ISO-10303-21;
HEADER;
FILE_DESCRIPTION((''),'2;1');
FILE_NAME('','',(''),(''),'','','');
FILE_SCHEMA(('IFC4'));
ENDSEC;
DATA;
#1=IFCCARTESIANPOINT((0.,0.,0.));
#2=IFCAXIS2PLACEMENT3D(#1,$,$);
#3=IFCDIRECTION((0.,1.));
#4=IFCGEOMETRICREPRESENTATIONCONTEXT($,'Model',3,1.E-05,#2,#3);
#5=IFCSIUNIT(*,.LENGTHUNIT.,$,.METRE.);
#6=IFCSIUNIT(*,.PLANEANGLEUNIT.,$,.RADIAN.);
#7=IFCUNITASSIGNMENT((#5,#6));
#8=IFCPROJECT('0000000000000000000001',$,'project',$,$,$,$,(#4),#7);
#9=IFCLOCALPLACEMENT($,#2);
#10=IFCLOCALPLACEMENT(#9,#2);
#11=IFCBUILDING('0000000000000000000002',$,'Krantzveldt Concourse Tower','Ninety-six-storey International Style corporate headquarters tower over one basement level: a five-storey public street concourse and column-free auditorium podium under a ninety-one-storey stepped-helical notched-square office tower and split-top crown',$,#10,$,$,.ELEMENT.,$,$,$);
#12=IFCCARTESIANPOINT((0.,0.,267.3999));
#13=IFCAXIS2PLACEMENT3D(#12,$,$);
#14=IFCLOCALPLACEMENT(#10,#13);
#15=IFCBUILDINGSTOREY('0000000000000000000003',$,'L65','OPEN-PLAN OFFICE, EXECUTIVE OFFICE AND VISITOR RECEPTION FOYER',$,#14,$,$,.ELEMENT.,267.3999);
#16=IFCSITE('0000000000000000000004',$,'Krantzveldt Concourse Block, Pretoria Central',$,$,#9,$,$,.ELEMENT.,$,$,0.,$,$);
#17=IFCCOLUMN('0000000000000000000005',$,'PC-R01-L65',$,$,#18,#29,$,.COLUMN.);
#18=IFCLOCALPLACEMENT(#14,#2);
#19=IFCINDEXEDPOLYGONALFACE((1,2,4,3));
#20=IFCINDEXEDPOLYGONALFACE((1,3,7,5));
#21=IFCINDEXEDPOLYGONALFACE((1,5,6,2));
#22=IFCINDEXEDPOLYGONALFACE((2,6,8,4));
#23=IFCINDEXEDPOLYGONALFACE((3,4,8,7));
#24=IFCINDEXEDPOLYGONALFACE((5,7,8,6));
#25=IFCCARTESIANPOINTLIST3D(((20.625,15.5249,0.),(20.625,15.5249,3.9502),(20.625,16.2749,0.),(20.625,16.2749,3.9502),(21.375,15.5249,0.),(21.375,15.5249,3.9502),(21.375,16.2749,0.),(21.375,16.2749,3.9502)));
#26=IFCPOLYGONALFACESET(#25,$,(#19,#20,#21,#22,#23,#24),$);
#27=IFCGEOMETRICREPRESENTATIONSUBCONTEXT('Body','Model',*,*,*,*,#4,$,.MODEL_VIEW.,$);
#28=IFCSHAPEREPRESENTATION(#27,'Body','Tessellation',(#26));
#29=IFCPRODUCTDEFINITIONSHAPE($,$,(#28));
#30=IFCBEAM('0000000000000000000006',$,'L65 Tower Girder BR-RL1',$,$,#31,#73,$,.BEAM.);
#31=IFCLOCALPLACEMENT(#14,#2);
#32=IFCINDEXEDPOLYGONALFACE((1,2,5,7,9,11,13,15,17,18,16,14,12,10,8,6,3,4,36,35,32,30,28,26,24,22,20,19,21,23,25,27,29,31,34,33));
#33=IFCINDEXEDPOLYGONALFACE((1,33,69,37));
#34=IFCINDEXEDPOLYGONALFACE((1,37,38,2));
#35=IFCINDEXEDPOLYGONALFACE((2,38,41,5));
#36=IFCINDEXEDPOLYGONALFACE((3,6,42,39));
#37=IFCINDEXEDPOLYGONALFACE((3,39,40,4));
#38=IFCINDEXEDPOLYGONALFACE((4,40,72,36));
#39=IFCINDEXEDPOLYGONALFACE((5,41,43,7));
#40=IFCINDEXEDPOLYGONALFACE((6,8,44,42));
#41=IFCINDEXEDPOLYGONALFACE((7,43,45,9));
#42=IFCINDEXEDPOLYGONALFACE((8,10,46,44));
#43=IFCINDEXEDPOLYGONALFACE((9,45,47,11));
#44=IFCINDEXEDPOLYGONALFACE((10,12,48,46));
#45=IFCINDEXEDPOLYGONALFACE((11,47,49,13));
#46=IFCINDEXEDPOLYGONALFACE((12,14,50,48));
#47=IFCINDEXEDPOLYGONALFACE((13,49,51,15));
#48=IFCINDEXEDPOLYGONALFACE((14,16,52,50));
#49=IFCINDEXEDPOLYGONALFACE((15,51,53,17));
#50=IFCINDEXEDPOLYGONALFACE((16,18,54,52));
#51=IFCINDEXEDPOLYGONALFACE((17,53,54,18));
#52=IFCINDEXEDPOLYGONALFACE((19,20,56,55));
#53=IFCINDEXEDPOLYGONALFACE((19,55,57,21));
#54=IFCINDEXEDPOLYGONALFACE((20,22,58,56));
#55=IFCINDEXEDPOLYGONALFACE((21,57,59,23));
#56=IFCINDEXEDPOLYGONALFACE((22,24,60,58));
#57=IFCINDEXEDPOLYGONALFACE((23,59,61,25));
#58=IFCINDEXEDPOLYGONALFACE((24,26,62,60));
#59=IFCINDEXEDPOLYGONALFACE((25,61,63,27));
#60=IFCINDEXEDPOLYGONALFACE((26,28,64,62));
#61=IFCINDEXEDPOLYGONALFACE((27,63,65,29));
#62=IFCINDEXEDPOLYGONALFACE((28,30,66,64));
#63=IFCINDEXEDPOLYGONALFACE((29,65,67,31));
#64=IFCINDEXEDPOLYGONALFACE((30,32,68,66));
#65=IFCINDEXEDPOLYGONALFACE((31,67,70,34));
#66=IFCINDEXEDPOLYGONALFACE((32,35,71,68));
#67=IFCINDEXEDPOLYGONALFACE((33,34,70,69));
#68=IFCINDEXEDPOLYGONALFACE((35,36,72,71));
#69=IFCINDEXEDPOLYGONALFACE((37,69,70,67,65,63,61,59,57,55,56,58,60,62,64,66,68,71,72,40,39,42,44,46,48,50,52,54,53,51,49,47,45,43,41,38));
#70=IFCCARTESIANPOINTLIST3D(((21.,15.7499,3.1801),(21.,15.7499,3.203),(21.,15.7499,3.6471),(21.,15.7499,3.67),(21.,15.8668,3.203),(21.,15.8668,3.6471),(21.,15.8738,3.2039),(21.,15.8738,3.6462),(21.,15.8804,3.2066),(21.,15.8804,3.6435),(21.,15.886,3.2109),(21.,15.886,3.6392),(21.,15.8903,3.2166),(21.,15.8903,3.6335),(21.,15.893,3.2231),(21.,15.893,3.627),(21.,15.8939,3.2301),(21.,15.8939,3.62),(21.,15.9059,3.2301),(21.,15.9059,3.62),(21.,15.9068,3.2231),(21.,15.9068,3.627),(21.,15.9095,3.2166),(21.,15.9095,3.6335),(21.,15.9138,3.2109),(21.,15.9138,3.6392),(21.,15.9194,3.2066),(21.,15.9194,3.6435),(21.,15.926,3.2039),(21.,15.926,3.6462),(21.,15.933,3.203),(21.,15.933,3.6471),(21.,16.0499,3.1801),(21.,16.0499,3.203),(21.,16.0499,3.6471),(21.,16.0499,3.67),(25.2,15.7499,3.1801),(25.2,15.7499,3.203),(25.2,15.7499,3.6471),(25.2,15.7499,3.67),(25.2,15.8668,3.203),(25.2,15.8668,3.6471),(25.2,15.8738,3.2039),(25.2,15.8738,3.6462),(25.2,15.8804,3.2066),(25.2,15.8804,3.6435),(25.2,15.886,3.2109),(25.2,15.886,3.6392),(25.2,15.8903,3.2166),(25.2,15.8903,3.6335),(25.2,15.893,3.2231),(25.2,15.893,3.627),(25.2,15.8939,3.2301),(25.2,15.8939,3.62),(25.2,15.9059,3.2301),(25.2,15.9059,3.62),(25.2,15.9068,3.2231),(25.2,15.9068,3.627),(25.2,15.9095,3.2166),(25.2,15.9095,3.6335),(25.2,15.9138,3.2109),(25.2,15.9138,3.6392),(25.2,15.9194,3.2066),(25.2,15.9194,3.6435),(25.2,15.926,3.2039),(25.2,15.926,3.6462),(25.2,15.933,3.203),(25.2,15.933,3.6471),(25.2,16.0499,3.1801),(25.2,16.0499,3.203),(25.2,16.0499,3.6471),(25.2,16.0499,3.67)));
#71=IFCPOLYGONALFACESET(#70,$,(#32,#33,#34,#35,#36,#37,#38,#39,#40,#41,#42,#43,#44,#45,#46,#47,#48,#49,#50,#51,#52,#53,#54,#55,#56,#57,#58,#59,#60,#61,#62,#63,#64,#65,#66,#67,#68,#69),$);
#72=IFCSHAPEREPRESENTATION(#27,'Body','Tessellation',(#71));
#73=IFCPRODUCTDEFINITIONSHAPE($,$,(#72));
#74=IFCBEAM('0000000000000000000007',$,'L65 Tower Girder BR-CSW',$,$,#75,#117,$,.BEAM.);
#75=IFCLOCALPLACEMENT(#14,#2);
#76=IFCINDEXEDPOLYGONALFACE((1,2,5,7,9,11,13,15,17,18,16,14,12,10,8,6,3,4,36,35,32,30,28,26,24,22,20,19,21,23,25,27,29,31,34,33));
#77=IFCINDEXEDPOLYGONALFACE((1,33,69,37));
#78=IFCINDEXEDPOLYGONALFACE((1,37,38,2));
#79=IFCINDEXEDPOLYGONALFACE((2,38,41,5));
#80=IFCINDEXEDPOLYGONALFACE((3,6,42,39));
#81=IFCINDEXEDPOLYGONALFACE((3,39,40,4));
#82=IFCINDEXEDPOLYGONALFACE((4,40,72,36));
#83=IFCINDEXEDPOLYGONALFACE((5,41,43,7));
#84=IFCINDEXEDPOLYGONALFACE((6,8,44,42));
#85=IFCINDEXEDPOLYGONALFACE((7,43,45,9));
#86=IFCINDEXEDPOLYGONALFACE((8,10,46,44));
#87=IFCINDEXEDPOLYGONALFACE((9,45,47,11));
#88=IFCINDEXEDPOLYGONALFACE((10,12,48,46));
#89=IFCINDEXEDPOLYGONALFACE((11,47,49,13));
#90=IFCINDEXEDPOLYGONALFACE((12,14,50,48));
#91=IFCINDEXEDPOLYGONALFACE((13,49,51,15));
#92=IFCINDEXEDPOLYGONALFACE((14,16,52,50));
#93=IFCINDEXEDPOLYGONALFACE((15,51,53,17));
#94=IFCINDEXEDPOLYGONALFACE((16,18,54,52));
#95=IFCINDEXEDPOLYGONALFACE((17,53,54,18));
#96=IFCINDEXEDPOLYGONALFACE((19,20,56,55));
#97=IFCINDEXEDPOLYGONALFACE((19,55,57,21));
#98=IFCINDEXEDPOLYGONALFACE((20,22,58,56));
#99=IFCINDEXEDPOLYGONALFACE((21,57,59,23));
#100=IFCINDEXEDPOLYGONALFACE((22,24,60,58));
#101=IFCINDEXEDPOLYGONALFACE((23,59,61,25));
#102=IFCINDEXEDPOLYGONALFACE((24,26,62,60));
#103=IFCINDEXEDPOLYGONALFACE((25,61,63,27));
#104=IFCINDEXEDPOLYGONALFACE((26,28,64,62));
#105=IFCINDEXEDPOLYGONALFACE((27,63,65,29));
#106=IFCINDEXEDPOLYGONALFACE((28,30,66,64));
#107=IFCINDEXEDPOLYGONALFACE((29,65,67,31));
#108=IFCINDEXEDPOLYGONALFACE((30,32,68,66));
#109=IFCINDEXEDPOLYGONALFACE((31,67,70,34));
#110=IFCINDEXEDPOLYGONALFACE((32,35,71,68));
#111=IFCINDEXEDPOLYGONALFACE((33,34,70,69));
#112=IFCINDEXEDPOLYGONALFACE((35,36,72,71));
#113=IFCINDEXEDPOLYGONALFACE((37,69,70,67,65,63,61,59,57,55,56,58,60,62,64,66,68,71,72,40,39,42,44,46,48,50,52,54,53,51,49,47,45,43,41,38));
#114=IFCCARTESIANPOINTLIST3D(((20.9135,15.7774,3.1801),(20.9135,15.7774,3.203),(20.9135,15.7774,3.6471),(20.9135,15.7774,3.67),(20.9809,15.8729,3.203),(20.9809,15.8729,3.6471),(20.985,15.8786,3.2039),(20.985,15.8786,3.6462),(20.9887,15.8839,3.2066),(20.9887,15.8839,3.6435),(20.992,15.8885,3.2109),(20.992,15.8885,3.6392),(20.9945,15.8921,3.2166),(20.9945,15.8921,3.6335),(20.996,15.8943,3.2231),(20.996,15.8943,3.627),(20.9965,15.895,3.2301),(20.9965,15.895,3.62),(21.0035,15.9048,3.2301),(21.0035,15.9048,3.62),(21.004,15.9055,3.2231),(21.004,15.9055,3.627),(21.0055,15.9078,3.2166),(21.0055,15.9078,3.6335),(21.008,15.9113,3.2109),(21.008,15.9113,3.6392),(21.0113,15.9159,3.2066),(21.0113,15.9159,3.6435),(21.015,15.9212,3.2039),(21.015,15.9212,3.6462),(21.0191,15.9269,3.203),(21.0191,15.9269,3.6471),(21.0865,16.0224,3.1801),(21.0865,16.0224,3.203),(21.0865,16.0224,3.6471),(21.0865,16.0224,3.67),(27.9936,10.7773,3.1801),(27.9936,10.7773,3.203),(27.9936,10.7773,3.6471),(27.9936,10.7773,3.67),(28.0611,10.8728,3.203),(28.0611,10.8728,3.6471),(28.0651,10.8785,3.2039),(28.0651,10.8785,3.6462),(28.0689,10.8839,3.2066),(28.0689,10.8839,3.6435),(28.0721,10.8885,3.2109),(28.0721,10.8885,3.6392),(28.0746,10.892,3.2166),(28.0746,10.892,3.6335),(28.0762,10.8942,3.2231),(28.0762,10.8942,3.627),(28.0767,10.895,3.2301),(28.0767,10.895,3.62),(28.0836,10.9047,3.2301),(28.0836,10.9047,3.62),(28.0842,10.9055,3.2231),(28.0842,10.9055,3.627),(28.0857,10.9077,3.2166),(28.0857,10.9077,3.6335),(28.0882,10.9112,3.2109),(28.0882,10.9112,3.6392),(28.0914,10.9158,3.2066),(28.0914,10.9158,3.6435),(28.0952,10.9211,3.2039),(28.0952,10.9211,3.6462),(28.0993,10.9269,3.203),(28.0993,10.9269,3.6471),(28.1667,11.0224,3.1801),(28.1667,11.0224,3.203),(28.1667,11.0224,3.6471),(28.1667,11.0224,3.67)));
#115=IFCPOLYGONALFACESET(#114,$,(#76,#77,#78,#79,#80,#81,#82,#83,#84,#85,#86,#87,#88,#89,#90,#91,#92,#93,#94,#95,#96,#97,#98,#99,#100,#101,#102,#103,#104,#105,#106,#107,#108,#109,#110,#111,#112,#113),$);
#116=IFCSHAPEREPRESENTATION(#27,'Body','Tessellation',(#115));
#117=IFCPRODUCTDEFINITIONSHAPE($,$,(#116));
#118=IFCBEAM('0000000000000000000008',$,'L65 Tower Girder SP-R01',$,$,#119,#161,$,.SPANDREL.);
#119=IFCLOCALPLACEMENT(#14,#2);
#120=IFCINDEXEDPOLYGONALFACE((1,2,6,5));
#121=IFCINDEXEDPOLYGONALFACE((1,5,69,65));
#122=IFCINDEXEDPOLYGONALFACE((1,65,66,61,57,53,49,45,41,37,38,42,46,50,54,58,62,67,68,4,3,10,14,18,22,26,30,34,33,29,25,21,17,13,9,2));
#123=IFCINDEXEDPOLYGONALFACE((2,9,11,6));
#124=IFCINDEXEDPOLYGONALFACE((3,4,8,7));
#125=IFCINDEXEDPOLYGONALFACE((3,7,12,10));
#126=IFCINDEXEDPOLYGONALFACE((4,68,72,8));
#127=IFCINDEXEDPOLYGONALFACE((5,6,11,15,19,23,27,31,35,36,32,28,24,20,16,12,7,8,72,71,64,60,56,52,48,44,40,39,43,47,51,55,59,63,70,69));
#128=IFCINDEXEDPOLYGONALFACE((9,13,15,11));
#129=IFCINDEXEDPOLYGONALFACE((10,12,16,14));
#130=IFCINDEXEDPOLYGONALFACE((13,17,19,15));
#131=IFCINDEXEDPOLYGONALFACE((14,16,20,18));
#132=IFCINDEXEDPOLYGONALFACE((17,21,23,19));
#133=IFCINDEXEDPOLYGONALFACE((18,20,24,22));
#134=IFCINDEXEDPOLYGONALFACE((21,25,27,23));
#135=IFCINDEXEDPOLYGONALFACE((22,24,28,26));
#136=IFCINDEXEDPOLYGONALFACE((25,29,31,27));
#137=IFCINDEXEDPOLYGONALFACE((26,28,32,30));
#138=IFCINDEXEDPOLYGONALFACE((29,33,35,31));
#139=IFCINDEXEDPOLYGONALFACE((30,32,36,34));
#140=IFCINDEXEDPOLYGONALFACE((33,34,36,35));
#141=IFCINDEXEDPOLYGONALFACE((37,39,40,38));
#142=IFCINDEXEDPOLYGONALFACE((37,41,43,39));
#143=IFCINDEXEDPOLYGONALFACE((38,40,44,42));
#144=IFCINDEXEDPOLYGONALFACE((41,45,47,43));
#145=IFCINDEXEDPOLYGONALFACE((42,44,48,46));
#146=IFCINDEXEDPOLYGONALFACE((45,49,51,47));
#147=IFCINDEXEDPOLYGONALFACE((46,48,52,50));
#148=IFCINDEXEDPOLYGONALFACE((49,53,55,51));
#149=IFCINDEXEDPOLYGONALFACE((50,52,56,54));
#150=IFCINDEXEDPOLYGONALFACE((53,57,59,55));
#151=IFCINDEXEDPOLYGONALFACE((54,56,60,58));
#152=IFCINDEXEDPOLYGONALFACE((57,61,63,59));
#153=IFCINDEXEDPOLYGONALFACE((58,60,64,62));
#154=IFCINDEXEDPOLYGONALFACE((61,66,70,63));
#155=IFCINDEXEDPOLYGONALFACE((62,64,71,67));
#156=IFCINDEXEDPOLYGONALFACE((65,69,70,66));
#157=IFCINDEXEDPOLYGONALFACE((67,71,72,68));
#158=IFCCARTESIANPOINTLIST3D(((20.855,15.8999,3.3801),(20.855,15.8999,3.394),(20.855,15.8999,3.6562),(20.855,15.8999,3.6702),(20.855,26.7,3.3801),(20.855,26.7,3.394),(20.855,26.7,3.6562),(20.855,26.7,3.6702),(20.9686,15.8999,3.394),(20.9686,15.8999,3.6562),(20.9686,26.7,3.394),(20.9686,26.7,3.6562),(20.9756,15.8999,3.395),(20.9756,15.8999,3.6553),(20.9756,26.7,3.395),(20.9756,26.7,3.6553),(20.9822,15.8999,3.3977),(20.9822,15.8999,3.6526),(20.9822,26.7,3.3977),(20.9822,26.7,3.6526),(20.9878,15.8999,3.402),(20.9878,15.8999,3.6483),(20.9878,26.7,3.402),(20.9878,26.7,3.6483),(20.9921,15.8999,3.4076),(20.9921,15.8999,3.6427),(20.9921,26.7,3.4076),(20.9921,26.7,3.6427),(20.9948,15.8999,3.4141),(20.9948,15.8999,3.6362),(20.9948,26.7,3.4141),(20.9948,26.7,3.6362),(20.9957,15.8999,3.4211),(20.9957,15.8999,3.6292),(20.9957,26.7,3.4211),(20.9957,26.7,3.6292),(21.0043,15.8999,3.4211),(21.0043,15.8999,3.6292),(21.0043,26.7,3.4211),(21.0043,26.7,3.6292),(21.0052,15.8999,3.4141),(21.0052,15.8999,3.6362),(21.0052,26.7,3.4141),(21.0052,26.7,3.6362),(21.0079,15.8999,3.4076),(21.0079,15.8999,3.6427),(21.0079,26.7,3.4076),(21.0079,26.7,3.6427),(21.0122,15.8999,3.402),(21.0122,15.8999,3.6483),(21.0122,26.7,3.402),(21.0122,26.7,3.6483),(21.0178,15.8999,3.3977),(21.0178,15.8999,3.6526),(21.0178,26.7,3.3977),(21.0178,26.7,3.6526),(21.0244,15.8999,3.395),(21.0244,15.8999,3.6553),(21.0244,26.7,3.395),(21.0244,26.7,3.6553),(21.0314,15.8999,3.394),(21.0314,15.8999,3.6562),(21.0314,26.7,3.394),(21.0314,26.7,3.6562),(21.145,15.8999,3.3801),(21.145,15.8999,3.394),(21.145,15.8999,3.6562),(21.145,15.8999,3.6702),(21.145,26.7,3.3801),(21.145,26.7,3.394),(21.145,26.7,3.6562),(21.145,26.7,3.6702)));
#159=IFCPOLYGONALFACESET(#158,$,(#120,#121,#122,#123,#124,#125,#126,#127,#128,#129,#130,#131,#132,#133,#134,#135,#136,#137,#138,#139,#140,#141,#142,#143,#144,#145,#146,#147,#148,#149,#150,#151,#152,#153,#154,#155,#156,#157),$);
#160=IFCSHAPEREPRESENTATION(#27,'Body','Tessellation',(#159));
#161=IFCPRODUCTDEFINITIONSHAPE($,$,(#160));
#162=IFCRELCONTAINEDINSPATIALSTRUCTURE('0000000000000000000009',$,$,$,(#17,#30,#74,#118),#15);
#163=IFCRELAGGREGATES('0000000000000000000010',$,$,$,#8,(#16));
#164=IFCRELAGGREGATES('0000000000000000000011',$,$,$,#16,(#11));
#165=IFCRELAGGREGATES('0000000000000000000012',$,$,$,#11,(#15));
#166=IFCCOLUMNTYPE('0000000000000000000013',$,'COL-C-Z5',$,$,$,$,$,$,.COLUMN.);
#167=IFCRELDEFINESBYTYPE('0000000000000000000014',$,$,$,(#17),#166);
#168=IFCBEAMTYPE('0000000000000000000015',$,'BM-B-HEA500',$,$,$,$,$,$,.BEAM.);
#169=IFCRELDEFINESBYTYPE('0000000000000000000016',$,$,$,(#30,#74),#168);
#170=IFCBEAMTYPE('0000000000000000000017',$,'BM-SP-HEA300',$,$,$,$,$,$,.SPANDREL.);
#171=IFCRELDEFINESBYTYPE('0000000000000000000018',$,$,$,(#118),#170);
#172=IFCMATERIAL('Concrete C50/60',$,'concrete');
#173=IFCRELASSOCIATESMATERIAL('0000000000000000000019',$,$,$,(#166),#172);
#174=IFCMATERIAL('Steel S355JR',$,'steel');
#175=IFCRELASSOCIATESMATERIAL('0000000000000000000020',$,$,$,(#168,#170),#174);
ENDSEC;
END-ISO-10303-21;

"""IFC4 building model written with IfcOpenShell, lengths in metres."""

from ifc_helpers import new_model, si_unit, direction, frame, origin, origin_2d, place, context, subcontext, project, spatial, rectangle, i_section, extrude, source, transform, mapped, material, material_profile, profile_set, type_object, type_shapes, element, save


model = new_model("IFC4")

# Units and contexts
model_context = context("Model", 3, precision=1e-05, world=origin(), true_north=direction((0.0, 1.0)))
body_context = subcontext(model_context, "Body", "Model", "MODEL_VIEW")
ifc_project = project(units=[si_unit("LENGTHUNIT", "METRE"), si_unit("PLANEANGLEUNIT", "RADIAN")], contexts=[model_context])

# Site, building, storey
site_placement = place(None, origin())
site = spatial("IfcSite", under=ifc_project, at=site_placement, Name="Krantzveldt Concourse Block, Pretoria Central", CompositionType="ELEMENT", RefElevation=0.0)
building_placement = place(site_placement, origin())
building = spatial("IfcBuilding", under=site, at=building_placement, Name="Krantzveldt Concourse Tower", Description="Ninety-six-storey International Style corporate headquarters tower over one basement level: a five-storey public street concourse and column-free auditorium podium under a ninety-one-storey stepped-helical notched-square office tower and split-top crown", CompositionType="ELEMENT")
storey_placement = place(building_placement, frame((0.0, 0.0, 267.3999)))
storey = spatial("IfcBuildingStorey", under=building, at=storey_placement, Name="L65", Description="OPEN-PLAN OFFICE, EXECUTIVE OFFICE AND VISITOR RECEPTION FOYER", CompositionType="ELEMENT", Elevation=267.3999)

# Column
ifc_material_1 = material(Name="Concrete C50/60", Category="concrete")
ifc_material_profile_1 = material_profile(ifc_material_1, rectangle(XDim=0.75, YDim=0.75, at=origin_2d()), Name="Concrete C50/60", Category="concrete")
ifc_profile_set_1 = profile_set([ifc_material_profile_1], Name="Concrete C50/60 - RC 750x750")
column_type = type_object("IfcColumnType", Name="COL-C-Z5", PredefinedType="COLUMN", material=ifc_profile_set_1)
shared_shape_1 = source(origin(), body_context, "Body", "SweptSolid", [
    extrude(rectangle(XDim=0.75, YDim=0.75, at=origin_2d()), origin(), (0.0, 0.0, 1.0), 3.9502),
])
type_shapes(column_type, [shared_shape_1])
column_placement = place(storey_placement, frame((21.0, 15.8999, 0.0), z_axis=(0.0, 0.0, 1.0), x_axis=(1.0, 0.0, 0.0)))
element("IfcColumn", 1, at=column_placement, inside=storey, type_object=column_type, Name="PC-R01-L65", PredefinedType="COLUMN", context=body_context, shape_type="MappedRepresentation", body=[
    mapped(shared_shape_1, transform((0.0, 0.0, 0.0), x_axis=(1.0, 0.0, 0.0), y_axis=(0.0, 1.0, 0.0), z_axis=(0.0, 0.0, 1.0), scale=1.0)),
])

# Beams
ifc_material_2 = material(Name="Steel S355JR", Category="steel")
ifc_material_profile_2 = material_profile(ifc_material_2, i_section(OverallWidth=0.3, OverallDepth=0.49, WebThickness=0.012, FlangeThickness=0.0229, FilletRadius=0.0271, at=origin_2d()), Name="Steel S355JR", Category="steel")
ifc_profile_set_2 = profile_set([ifc_material_profile_2], Name="Steel S355JR - HEA 500")
beam_type_1 = type_object("IfcBeamType", Name="BM-B-HEA500", PredefinedType="BEAM", material=ifc_profile_set_2)
shared_shape_2 = source(origin(), body_context, "Body", "SweptSolid", [
    extrude(i_section(OverallWidth=0.3, OverallDepth=0.49, WebThickness=0.012, FlangeThickness=0.0229, FilletRadius=0.0271, at=origin_2d()), origin(), (0.0, 0.0, 1.0), 4.2),
])
beam_1_placement = place(storey_placement, frame((21.0, 15.8999, 3.425), z_axis=(1.0, 0.0, 0.0), x_axis=(0.0, 1.0, 0.0)))
element("IfcBeam", 2, at=beam_1_placement, inside=storey, type_object=beam_type_1, Name="L65 Tower Girder BR-RL1", PredefinedType="BEAM", context=body_context, shape_type="MappedRepresentation", body=[
    mapped(shared_shape_2, transform((0.0, 0.0, 0.0), x_axis=(1.0, 0.0, 0.0), y_axis=(0.0, 1.0, 0.0), z_axis=(0.0, 0.0, 1.0), scale=1.0)),
])
shared_shape_3 = source(origin(), body_context, "Body", "SweptSolid", [
    extrude(i_section(OverallWidth=0.3, OverallDepth=0.49, WebThickness=0.012, FlangeThickness=0.0229, FilletRadius=0.0271, at=origin_2d()), origin(), (0.0, 0.0, 1.0), 8.6677),
])
type_shapes(beam_type_1, [shared_shape_2, shared_shape_3])
beam_2_placement = place(storey_placement, frame((21.0, 15.8999, 3.425), z_axis=(0.816843, -0.57686, 0.0), x_axis=(0.57686, 0.816843, 0.0)))
element("IfcBeam", 3, at=beam_2_placement, inside=storey, type_object=beam_type_1, Name="L65 Tower Girder BR-CSW", PredefinedType="BEAM", context=body_context, shape_type="MappedRepresentation", body=[
    mapped(shared_shape_3, transform((0.0, 0.0, 0.0), x_axis=(1.0, 0.0, 0.0), y_axis=(0.0, 1.0, 0.0), z_axis=(0.0, 0.0, 1.0), scale=1.0)),
])
ifc_material_profile_3 = material_profile(ifc_material_2, i_section(OverallWidth=0.29, OverallDepth=0.29, WebThickness=0.0085, FlangeThickness=0.0139, FilletRadius=0.0271, at=origin_2d()), Name="Steel S355JR", Category="steel")
ifc_profile_set_3 = profile_set([ifc_material_profile_3], Name="Steel S355JR - HEA 300")
beam_type_2 = type_object("IfcBeamType", Name="BM-SP-HEA300", PredefinedType="SPANDREL", material=ifc_profile_set_3)
shared_shape_4 = source(origin(), body_context, "Body", "SweptSolid", [
    extrude(i_section(OverallWidth=0.29, OverallDepth=0.29, WebThickness=0.0085, FlangeThickness=0.0139, FilletRadius=0.0271, at=origin_2d()), origin(), (0.0, 0.0, 1.0), 10.8),
])
type_shapes(beam_type_2, [shared_shape_4])
beam_3_placement = place(storey_placement, frame((21.0, 15.8999, 3.5251), z_axis=(0.0, 1.0, 0.0), x_axis=(-1.0, 0.0, 0.0)))
element("IfcBeam", 4, at=beam_3_placement, inside=storey, type_object=beam_type_2, Name="L65 Tower Girder SP-R01", PredefinedType="SPANDREL", context=body_context, shape_type="MappedRepresentation", body=[
    mapped(shared_shape_4, transform((0.0, 0.0, 0.0), x_axis=(1.0, 0.0, 0.0), y_axis=(0.0, 1.0, 0.0), z_axis=(0.0, 0.0, 1.0), scale=1.0)),
])

save(model, "model.ifc")
